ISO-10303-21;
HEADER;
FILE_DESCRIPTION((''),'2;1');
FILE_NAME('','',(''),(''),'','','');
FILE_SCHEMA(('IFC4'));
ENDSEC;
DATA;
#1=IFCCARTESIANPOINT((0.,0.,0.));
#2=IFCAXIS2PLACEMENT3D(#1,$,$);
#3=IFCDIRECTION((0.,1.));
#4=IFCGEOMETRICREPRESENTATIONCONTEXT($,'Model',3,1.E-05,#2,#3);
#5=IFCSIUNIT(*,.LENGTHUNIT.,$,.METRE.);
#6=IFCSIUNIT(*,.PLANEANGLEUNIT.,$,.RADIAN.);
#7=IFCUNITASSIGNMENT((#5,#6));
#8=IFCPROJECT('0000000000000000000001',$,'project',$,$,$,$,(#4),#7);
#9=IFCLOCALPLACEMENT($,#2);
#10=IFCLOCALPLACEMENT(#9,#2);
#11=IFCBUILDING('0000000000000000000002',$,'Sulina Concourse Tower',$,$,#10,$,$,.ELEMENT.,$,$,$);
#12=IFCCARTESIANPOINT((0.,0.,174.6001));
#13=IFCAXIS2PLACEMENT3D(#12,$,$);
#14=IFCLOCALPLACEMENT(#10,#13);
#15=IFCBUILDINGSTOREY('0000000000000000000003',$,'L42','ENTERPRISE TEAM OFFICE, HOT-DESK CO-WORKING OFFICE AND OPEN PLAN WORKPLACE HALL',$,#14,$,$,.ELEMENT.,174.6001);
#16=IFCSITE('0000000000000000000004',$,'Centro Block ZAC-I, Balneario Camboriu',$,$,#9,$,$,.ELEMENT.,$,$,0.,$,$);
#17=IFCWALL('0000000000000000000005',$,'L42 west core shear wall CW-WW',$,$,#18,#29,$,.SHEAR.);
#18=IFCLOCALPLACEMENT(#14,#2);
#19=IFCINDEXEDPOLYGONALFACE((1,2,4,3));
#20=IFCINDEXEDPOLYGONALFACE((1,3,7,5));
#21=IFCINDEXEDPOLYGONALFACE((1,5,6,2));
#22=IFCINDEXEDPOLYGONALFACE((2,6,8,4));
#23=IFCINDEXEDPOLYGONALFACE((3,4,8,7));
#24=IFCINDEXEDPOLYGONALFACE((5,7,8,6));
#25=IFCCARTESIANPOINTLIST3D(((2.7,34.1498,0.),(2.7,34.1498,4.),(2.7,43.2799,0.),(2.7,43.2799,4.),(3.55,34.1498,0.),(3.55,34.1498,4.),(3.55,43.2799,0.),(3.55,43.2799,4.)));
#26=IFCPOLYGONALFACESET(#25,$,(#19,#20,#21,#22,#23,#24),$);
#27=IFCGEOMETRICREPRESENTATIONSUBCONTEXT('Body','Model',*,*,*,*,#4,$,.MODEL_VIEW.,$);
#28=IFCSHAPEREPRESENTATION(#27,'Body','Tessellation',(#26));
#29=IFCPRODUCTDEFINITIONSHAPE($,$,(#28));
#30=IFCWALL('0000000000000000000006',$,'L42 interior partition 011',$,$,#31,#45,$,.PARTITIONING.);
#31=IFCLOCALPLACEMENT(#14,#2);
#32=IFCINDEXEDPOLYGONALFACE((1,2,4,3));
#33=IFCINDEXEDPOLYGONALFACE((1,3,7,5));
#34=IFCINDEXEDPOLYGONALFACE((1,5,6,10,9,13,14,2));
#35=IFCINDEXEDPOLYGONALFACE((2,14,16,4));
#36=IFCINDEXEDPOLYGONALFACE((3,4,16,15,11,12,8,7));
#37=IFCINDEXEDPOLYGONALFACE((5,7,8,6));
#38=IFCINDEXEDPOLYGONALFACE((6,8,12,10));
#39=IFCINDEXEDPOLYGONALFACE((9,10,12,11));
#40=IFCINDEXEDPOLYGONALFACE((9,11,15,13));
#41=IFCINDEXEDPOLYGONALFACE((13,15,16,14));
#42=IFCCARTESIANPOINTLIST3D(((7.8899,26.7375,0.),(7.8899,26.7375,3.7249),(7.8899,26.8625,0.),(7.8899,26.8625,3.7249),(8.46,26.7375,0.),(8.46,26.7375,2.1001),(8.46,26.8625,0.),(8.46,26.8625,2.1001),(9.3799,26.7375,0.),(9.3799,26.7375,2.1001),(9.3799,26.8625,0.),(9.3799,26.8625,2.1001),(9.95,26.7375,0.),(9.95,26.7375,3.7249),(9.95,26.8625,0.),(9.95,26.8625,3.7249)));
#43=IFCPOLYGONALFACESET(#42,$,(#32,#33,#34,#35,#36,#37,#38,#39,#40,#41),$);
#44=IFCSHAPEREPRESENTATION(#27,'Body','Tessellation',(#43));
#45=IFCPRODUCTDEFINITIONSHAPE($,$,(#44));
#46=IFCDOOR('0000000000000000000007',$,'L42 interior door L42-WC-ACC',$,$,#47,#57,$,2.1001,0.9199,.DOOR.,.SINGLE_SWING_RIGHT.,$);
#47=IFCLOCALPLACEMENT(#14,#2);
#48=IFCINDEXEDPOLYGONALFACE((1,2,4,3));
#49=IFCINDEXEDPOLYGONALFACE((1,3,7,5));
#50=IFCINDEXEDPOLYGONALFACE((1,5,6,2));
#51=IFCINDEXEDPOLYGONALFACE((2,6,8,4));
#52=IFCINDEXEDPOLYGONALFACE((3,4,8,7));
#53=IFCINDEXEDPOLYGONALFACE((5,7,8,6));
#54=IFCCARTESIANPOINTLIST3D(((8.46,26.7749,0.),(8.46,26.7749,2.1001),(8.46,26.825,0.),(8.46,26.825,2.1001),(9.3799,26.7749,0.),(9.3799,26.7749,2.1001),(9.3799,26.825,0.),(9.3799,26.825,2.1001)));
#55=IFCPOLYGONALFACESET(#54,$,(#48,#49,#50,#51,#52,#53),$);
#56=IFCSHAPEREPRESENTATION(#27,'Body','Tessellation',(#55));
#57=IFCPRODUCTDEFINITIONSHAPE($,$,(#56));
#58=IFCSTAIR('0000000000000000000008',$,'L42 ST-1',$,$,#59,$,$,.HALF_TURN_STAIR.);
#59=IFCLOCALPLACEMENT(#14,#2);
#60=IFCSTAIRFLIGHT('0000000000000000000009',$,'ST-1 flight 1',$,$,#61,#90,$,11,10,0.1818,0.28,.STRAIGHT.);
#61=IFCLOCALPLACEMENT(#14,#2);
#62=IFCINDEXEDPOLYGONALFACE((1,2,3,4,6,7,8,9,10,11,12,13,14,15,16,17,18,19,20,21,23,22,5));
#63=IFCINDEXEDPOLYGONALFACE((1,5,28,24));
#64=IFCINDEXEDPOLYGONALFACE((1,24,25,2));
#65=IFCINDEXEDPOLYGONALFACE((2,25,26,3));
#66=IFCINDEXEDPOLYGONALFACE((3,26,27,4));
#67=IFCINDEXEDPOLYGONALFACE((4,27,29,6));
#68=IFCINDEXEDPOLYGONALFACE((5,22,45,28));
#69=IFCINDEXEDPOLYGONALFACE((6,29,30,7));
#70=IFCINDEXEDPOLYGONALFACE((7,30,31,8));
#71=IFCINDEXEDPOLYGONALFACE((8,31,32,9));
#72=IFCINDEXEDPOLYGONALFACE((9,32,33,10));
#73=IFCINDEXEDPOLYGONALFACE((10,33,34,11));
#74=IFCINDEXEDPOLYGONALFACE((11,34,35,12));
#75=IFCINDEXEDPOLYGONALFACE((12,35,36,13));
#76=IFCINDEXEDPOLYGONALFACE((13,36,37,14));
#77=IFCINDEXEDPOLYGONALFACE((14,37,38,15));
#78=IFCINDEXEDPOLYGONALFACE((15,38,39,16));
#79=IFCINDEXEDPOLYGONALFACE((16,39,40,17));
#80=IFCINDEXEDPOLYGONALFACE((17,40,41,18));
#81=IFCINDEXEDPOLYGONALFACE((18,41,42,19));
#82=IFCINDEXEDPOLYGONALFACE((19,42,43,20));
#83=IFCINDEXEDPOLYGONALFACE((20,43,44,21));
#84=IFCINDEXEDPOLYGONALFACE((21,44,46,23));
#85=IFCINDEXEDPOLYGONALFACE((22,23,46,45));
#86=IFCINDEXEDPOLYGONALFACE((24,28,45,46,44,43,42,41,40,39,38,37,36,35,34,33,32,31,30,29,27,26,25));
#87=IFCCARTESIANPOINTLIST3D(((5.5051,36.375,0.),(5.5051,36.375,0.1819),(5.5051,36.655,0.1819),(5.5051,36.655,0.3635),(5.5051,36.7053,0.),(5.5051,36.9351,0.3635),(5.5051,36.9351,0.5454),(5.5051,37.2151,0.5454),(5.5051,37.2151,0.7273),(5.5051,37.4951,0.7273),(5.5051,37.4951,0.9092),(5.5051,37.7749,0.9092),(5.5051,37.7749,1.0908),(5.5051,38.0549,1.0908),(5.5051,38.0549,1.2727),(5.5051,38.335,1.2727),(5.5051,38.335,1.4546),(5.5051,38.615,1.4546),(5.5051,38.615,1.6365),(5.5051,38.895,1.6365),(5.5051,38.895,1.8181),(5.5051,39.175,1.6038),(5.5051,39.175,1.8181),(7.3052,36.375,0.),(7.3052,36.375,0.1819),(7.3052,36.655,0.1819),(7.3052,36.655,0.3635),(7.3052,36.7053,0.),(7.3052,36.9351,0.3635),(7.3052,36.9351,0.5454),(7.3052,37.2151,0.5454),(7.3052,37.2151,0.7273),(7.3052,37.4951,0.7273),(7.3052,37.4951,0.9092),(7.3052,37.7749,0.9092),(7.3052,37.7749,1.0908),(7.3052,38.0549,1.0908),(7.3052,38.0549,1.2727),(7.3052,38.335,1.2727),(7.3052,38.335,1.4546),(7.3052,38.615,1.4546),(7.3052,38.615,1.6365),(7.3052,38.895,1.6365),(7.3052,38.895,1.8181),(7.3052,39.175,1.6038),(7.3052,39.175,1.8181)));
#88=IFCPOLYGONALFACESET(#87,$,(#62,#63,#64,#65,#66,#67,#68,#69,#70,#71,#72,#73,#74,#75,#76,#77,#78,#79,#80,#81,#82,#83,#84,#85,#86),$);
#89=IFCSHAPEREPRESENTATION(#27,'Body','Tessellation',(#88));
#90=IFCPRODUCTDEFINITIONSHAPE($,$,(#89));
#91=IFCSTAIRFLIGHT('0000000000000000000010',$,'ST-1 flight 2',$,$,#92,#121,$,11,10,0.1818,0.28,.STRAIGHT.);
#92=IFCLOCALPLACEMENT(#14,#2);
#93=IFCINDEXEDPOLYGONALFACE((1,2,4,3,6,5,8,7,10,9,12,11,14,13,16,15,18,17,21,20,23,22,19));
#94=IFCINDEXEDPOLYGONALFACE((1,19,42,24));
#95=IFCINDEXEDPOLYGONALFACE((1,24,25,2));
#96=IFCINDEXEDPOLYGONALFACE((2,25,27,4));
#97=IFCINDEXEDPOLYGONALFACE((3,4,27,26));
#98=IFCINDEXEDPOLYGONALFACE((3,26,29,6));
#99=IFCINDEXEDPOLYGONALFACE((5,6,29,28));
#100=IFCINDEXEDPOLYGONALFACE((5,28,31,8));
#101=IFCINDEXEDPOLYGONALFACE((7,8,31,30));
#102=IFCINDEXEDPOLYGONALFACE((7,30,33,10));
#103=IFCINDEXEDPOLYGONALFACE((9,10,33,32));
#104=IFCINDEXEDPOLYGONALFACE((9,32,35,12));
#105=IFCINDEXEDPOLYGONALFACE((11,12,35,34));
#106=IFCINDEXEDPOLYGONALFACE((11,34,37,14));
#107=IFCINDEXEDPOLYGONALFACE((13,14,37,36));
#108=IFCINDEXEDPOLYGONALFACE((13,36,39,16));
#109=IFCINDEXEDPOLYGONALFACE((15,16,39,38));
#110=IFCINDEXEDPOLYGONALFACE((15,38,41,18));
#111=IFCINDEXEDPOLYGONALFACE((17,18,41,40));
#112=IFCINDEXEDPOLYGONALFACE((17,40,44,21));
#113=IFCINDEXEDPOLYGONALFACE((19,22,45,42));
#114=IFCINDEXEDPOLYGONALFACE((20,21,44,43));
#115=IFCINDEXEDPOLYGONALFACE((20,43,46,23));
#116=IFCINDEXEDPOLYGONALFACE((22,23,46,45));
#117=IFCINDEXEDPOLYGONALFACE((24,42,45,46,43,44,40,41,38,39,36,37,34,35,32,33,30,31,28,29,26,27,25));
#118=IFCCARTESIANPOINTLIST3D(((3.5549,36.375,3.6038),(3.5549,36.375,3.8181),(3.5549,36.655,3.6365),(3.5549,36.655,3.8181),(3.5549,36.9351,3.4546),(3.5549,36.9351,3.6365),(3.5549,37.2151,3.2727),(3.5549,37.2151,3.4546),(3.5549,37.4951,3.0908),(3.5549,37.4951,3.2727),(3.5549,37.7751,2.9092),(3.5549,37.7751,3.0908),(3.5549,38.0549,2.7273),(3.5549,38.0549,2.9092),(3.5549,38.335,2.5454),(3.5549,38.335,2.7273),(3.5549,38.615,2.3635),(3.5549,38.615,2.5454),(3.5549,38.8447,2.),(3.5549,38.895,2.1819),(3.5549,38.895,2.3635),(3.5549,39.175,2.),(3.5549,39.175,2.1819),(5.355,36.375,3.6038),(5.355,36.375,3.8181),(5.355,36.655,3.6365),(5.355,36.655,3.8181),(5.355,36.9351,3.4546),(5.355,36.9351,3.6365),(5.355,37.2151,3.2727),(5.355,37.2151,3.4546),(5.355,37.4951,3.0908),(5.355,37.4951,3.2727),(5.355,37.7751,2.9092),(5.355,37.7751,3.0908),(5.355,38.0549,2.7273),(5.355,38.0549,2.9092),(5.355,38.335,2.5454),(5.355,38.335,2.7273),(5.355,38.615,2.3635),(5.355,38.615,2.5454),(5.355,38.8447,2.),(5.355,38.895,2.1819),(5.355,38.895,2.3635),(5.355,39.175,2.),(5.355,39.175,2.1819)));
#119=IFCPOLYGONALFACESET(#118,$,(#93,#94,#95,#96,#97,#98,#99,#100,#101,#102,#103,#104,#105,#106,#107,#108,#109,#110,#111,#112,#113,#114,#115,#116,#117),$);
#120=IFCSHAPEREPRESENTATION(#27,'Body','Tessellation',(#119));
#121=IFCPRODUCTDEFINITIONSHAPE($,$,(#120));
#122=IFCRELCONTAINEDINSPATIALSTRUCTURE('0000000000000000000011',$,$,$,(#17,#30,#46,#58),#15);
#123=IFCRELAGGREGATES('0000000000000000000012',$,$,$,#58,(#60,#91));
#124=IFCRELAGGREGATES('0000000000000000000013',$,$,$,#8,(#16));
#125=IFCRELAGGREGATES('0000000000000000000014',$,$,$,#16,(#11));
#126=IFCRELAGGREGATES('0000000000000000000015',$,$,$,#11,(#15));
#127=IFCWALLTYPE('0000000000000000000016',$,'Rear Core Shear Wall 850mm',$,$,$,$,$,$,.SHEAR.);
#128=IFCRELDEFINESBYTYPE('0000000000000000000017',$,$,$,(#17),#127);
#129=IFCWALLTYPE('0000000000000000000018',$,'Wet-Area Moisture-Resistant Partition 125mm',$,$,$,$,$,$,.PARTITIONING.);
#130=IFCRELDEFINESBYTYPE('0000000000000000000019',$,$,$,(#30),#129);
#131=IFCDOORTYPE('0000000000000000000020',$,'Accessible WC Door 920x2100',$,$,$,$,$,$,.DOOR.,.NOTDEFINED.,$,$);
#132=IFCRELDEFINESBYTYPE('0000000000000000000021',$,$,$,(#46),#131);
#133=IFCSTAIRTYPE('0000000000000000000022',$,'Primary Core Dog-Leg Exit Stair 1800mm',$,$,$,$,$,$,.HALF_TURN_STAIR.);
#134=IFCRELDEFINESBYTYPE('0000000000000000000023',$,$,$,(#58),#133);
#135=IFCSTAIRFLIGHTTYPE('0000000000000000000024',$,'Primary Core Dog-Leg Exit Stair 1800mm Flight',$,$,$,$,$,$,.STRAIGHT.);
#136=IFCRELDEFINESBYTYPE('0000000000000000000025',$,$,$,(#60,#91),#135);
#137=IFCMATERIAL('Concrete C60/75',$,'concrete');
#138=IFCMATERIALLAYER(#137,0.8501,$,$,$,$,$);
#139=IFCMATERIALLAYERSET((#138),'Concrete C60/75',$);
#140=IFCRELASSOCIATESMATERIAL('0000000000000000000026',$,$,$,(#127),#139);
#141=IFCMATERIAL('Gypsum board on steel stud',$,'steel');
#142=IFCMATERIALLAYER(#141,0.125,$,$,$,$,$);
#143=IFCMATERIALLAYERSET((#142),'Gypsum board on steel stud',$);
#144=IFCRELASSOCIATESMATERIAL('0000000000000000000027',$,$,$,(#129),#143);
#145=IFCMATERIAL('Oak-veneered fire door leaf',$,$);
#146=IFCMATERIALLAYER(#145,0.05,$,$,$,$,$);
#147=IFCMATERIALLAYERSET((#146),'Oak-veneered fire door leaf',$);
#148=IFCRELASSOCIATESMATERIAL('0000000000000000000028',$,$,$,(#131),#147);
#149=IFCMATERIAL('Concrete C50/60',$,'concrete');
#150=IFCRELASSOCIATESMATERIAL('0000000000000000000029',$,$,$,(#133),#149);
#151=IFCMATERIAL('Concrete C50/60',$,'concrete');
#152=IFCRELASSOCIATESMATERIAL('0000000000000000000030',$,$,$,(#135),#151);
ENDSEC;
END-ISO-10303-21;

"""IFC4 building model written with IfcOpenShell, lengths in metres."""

from ifc_helpers import new_model, si_unit, direction, frame, frame_2d, origin, place, context, subcontext, project, spatial, polyline, rectangle, outline, extrude, material, layer, layer_set, type_object, element, fill, aggregate, save


model = new_model("IFC4")

# Units and contexts
model_context = context("Model", 3, precision=1e-05, world=origin(), true_north=direction((0.0, 1.0)))
body_context = subcontext(model_context, "Body", "Model", "MODEL_VIEW")
ifc_project = project(units=[si_unit("LENGTHUNIT", "METRE"), si_unit("PLANEANGLEUNIT", "RADIAN")], contexts=[model_context])

# Site, building, storey
site_placement = place(None, origin())
site = spatial("IfcSite", under=ifc_project, at=site_placement, Name="Centro Block ZAC-I, Balneario Camboriu", CompositionType="ELEMENT", RefElevation=0.0)
building_placement = place(site_placement, origin())
building = spatial("IfcBuilding", under=site, at=building_placement, Name="Sulina Concourse Tower", CompositionType="ELEMENT")
storey_placement = place(building_placement, frame((0.0, 0.0, 174.6001)))
storey = spatial("IfcBuildingStorey", under=building, at=storey_placement, Name="L42", Description="ENTERPRISE TEAM OFFICE, HOT-DESK CO-WORKING OFFICE AND OPEN PLAN WORKPLACE HALL", CompositionType="ELEMENT", Elevation=174.6001)

# Wall
ifc_material_1 = material(Name="Concrete C60/75", Category="concrete")
ifc_layer_1 = layer(ifc_material_1, 0.8501)
ifc_layer_set_1 = layer_set([ifc_layer_1], Name="Concrete C60/75")
wall_type_1 = type_object("IfcWallType", Name="Rear Core Shear Wall 850mm", PredefinedType="SHEAR", material=ifc_layer_set_1)
wall_1_placement = place(storey_placement, frame((3.125, 34.1499, 0.0), z_axis=(0.0, 0.0, 1.0), x_axis=(0.0, 1.0, 0.0)))
element("IfcWall", 1, at=wall_1_placement, inside=storey, type_object=wall_type_1, Name="L42 west core shear wall CW-WW", PredefinedType="SHEAR", context=body_context, shape_type="SweptSolid", body=[
    extrude(rectangle(XDim=9.1301, YDim=0.8501, at=frame_2d((4.5649, 0.0))), origin(), (0.0, 0.0, 1.0), 4.0),
])

# Wall, opening, door
ifc_material_2 = material(Name="Gypsum board on steel stud", Category="steel")
ifc_layer_2 = layer(ifc_material_2, 0.125)
ifc_layer_set_2 = layer_set([ifc_layer_2], Name="Gypsum board on steel stud")
wall_type_2 = type_object("IfcWallType", Name="Wet-Area Moisture-Resistant Partition 125mm", PredefinedType="PARTITIONING", material=ifc_layer_set_2)
wall_2_placement = place(storey_placement, frame((7.8899, 26.8, 0.0), z_axis=(0.0, 0.0, 1.0), x_axis=(1.0, 0.0, 0.0)))
wall_2 = element("IfcWall", 2, at=wall_2_placement, inside=storey, type_object=wall_type_2, Name="L42 interior partition 011", PredefinedType="PARTITIONING", context=body_context, shape_type="SweptSolid", body=[
    extrude(rectangle(XDim=2.0601, YDim=0.125, at=frame_2d((1.03, 0.0))), origin(), (0.0, 0.0, 1.0), 3.7249),
])
opening_1_placement = place(wall_2_placement, frame((0.5701, 0.0, 0.0)))
opening_1 = element("IfcOpeningElement", 3, at=opening_1_placement, cuts=wall_2, PredefinedType="OPENING", context=body_context, shape_type="SweptSolid", body=[
    extrude(rectangle(XDim=0.9199, YDim=2.1001, at=frame_2d((0.46, 1.05))), frame((0.0, 0.0725, 0.0), z_axis=(0.0, -1.0, 0.0), x_axis=(1.0, 0.0, 0.0)), (0.0, 0.0, 1.0), 0.145),
])
ifc_material_3 = material(Name="Oak-veneered fire door leaf")
ifc_layer_3 = layer(ifc_material_3, 0.05)
ifc_layer_set_3 = layer_set([ifc_layer_3], Name="Oak-veneered fire door leaf")
door_type_1 = type_object("IfcDoorType", Name="Accessible WC Door 920x2100", OperationType="NOTDEFINED", PredefinedType="DOOR", material=ifc_layer_set_3)
door_1_placement = place(opening_1_placement, origin())
door_1 = element("IfcDoor", 4, at=door_1_placement, inside=storey, type_object=door_type_1, Name="L42 interior door L42-WC-ACC", OperationType="SINGLE_SWING_RIGHT", OverallHeight=2.1001, OverallWidth=0.9199, PredefinedType="DOOR", context=body_context, shape_type="SweptSolid", body=[
    extrude(rectangle(XDim=0.9199, YDim=2.1001, at=frame_2d((0.46, 1.05))), frame((0.0, 0.0249, 0.0), z_axis=(0.0, -1.0, 0.0), x_axis=(1.0, 0.0, 0.0)), (0.0, 0.0, 1.0), 0.05),
])
fill(opening_1, door_1)

# Stair, stair flights
ifc_material_4 = material(Name="Concrete C50/60", Category="concrete")
stair_type = type_object("IfcStairType", Name="Primary Core Dog-Leg Exit Stair 1800mm", PredefinedType="HALF_TURN_STAIR", material=ifc_material_4)
stair_placement = place(storey_placement, origin())
stair = element("IfcStair", 5, at=stair_placement, inside=storey, type_object=stair_type, Name="L42 ST-1", PredefinedType="HALF_TURN_STAIR")
ifc_material_5 = material(Name="Concrete C50/60", Category="concrete")
stair_flight_type = type_object("IfcStairFlightType", Name="Primary Core Dog-Leg Exit Stair 1800mm Flight", PredefinedType="STRAIGHT", material=ifc_material_5)
stair_flight_1_placement = place(storey_placement, frame((6.405, 36.375, 0.0), z_axis=(0.0, 0.0, 1.0), x_axis=(0.0, 1.0, 0.0)))
stair_flight_1 = element("IfcStairFlight", 6, at=stair_flight_1_placement, type_object=stair_flight_type, Name="ST-1 flight 1", NumberOfRisers=11, NumberOfTreads=10, PredefinedType="STRAIGHT", RiserHeight=0.1818, TreadLength=0.28, context=body_context, shape_type="SweptSolid", body=[
    extrude(outline(polyline([(0.0, 0.0), (0.0, 0.1819), (0.28, 0.1819), (0.28, 0.3635), (0.5601, 0.3635), (0.5601, 0.5454), (0.8401, 0.5454), (0.8401, 0.7273), (1.1201, 0.7273), (1.1201, 0.9092), (1.3999, 0.9092), (1.3999, 1.0908), (1.6799, 1.0908), (1.6799, 1.2727), (1.96, 1.2727), (1.96, 1.4546), (2.24, 1.4546), (2.24, 1.6365), (2.52, 1.6365), (2.52, 1.8181), (2.8, 1.8181), (2.8, 2.0), (2.8, 1.6038), (0.3303, 0.0), (0.0, 0.0)])), frame((0.0, 0.8999, 0.0), z_axis=(0.0, -1.0, 0.0), x_axis=(1.0, 0.0, 0.0)), (0.0, 0.0, 1.0), 1.8),
])
stair_flight_2_placement = place(storey_placement, frame((4.4551, 39.175, 2.0), z_axis=(0.0, 0.0, 1.0), x_axis=(0.0, -1.0, 0.0)))
stair_flight_2 = element("IfcStairFlight", 7, at=stair_flight_2_placement, type_object=stair_flight_type, Name="ST-1 flight 2", NumberOfRisers=11, NumberOfTreads=10, PredefinedType="STRAIGHT", RiserHeight=0.1818, TreadLength=0.28, context=body_context, shape_type="SweptSolid", body=[
    extrude(outline(polyline([(0.0, 0.0), (0.0, 0.1819), (0.28, 0.1819), (0.28, 0.3635), (0.5601, 0.3635), (0.5601, 0.5454), (0.8401, 0.5454), (0.8401, 0.7273), (1.1201, 0.7273), (1.1201, 0.9092), (1.3999, 0.9092), (1.3999, 1.0908), (1.6799, 1.0908), (1.6799, 1.2727), (1.96, 1.2727), (1.96, 1.4546), (2.24, 1.4546), (2.24, 1.6365), (2.52, 1.6365), (2.52, 1.8181), (2.8, 1.8181), (2.8, 2.0), (2.8, 1.6038), (0.3303, 0.0), (0.0, 0.0)])), frame((0.0, 0.8999, 0.0), z_axis=(0.0, -1.0, 0.0), x_axis=(1.0, 0.0, 0.0)), (0.0, 0.0, 1.0), 1.8),
])
aggregate(stair, [stair_flight_1, stair_flight_2])

save(model, "model.ifc")
